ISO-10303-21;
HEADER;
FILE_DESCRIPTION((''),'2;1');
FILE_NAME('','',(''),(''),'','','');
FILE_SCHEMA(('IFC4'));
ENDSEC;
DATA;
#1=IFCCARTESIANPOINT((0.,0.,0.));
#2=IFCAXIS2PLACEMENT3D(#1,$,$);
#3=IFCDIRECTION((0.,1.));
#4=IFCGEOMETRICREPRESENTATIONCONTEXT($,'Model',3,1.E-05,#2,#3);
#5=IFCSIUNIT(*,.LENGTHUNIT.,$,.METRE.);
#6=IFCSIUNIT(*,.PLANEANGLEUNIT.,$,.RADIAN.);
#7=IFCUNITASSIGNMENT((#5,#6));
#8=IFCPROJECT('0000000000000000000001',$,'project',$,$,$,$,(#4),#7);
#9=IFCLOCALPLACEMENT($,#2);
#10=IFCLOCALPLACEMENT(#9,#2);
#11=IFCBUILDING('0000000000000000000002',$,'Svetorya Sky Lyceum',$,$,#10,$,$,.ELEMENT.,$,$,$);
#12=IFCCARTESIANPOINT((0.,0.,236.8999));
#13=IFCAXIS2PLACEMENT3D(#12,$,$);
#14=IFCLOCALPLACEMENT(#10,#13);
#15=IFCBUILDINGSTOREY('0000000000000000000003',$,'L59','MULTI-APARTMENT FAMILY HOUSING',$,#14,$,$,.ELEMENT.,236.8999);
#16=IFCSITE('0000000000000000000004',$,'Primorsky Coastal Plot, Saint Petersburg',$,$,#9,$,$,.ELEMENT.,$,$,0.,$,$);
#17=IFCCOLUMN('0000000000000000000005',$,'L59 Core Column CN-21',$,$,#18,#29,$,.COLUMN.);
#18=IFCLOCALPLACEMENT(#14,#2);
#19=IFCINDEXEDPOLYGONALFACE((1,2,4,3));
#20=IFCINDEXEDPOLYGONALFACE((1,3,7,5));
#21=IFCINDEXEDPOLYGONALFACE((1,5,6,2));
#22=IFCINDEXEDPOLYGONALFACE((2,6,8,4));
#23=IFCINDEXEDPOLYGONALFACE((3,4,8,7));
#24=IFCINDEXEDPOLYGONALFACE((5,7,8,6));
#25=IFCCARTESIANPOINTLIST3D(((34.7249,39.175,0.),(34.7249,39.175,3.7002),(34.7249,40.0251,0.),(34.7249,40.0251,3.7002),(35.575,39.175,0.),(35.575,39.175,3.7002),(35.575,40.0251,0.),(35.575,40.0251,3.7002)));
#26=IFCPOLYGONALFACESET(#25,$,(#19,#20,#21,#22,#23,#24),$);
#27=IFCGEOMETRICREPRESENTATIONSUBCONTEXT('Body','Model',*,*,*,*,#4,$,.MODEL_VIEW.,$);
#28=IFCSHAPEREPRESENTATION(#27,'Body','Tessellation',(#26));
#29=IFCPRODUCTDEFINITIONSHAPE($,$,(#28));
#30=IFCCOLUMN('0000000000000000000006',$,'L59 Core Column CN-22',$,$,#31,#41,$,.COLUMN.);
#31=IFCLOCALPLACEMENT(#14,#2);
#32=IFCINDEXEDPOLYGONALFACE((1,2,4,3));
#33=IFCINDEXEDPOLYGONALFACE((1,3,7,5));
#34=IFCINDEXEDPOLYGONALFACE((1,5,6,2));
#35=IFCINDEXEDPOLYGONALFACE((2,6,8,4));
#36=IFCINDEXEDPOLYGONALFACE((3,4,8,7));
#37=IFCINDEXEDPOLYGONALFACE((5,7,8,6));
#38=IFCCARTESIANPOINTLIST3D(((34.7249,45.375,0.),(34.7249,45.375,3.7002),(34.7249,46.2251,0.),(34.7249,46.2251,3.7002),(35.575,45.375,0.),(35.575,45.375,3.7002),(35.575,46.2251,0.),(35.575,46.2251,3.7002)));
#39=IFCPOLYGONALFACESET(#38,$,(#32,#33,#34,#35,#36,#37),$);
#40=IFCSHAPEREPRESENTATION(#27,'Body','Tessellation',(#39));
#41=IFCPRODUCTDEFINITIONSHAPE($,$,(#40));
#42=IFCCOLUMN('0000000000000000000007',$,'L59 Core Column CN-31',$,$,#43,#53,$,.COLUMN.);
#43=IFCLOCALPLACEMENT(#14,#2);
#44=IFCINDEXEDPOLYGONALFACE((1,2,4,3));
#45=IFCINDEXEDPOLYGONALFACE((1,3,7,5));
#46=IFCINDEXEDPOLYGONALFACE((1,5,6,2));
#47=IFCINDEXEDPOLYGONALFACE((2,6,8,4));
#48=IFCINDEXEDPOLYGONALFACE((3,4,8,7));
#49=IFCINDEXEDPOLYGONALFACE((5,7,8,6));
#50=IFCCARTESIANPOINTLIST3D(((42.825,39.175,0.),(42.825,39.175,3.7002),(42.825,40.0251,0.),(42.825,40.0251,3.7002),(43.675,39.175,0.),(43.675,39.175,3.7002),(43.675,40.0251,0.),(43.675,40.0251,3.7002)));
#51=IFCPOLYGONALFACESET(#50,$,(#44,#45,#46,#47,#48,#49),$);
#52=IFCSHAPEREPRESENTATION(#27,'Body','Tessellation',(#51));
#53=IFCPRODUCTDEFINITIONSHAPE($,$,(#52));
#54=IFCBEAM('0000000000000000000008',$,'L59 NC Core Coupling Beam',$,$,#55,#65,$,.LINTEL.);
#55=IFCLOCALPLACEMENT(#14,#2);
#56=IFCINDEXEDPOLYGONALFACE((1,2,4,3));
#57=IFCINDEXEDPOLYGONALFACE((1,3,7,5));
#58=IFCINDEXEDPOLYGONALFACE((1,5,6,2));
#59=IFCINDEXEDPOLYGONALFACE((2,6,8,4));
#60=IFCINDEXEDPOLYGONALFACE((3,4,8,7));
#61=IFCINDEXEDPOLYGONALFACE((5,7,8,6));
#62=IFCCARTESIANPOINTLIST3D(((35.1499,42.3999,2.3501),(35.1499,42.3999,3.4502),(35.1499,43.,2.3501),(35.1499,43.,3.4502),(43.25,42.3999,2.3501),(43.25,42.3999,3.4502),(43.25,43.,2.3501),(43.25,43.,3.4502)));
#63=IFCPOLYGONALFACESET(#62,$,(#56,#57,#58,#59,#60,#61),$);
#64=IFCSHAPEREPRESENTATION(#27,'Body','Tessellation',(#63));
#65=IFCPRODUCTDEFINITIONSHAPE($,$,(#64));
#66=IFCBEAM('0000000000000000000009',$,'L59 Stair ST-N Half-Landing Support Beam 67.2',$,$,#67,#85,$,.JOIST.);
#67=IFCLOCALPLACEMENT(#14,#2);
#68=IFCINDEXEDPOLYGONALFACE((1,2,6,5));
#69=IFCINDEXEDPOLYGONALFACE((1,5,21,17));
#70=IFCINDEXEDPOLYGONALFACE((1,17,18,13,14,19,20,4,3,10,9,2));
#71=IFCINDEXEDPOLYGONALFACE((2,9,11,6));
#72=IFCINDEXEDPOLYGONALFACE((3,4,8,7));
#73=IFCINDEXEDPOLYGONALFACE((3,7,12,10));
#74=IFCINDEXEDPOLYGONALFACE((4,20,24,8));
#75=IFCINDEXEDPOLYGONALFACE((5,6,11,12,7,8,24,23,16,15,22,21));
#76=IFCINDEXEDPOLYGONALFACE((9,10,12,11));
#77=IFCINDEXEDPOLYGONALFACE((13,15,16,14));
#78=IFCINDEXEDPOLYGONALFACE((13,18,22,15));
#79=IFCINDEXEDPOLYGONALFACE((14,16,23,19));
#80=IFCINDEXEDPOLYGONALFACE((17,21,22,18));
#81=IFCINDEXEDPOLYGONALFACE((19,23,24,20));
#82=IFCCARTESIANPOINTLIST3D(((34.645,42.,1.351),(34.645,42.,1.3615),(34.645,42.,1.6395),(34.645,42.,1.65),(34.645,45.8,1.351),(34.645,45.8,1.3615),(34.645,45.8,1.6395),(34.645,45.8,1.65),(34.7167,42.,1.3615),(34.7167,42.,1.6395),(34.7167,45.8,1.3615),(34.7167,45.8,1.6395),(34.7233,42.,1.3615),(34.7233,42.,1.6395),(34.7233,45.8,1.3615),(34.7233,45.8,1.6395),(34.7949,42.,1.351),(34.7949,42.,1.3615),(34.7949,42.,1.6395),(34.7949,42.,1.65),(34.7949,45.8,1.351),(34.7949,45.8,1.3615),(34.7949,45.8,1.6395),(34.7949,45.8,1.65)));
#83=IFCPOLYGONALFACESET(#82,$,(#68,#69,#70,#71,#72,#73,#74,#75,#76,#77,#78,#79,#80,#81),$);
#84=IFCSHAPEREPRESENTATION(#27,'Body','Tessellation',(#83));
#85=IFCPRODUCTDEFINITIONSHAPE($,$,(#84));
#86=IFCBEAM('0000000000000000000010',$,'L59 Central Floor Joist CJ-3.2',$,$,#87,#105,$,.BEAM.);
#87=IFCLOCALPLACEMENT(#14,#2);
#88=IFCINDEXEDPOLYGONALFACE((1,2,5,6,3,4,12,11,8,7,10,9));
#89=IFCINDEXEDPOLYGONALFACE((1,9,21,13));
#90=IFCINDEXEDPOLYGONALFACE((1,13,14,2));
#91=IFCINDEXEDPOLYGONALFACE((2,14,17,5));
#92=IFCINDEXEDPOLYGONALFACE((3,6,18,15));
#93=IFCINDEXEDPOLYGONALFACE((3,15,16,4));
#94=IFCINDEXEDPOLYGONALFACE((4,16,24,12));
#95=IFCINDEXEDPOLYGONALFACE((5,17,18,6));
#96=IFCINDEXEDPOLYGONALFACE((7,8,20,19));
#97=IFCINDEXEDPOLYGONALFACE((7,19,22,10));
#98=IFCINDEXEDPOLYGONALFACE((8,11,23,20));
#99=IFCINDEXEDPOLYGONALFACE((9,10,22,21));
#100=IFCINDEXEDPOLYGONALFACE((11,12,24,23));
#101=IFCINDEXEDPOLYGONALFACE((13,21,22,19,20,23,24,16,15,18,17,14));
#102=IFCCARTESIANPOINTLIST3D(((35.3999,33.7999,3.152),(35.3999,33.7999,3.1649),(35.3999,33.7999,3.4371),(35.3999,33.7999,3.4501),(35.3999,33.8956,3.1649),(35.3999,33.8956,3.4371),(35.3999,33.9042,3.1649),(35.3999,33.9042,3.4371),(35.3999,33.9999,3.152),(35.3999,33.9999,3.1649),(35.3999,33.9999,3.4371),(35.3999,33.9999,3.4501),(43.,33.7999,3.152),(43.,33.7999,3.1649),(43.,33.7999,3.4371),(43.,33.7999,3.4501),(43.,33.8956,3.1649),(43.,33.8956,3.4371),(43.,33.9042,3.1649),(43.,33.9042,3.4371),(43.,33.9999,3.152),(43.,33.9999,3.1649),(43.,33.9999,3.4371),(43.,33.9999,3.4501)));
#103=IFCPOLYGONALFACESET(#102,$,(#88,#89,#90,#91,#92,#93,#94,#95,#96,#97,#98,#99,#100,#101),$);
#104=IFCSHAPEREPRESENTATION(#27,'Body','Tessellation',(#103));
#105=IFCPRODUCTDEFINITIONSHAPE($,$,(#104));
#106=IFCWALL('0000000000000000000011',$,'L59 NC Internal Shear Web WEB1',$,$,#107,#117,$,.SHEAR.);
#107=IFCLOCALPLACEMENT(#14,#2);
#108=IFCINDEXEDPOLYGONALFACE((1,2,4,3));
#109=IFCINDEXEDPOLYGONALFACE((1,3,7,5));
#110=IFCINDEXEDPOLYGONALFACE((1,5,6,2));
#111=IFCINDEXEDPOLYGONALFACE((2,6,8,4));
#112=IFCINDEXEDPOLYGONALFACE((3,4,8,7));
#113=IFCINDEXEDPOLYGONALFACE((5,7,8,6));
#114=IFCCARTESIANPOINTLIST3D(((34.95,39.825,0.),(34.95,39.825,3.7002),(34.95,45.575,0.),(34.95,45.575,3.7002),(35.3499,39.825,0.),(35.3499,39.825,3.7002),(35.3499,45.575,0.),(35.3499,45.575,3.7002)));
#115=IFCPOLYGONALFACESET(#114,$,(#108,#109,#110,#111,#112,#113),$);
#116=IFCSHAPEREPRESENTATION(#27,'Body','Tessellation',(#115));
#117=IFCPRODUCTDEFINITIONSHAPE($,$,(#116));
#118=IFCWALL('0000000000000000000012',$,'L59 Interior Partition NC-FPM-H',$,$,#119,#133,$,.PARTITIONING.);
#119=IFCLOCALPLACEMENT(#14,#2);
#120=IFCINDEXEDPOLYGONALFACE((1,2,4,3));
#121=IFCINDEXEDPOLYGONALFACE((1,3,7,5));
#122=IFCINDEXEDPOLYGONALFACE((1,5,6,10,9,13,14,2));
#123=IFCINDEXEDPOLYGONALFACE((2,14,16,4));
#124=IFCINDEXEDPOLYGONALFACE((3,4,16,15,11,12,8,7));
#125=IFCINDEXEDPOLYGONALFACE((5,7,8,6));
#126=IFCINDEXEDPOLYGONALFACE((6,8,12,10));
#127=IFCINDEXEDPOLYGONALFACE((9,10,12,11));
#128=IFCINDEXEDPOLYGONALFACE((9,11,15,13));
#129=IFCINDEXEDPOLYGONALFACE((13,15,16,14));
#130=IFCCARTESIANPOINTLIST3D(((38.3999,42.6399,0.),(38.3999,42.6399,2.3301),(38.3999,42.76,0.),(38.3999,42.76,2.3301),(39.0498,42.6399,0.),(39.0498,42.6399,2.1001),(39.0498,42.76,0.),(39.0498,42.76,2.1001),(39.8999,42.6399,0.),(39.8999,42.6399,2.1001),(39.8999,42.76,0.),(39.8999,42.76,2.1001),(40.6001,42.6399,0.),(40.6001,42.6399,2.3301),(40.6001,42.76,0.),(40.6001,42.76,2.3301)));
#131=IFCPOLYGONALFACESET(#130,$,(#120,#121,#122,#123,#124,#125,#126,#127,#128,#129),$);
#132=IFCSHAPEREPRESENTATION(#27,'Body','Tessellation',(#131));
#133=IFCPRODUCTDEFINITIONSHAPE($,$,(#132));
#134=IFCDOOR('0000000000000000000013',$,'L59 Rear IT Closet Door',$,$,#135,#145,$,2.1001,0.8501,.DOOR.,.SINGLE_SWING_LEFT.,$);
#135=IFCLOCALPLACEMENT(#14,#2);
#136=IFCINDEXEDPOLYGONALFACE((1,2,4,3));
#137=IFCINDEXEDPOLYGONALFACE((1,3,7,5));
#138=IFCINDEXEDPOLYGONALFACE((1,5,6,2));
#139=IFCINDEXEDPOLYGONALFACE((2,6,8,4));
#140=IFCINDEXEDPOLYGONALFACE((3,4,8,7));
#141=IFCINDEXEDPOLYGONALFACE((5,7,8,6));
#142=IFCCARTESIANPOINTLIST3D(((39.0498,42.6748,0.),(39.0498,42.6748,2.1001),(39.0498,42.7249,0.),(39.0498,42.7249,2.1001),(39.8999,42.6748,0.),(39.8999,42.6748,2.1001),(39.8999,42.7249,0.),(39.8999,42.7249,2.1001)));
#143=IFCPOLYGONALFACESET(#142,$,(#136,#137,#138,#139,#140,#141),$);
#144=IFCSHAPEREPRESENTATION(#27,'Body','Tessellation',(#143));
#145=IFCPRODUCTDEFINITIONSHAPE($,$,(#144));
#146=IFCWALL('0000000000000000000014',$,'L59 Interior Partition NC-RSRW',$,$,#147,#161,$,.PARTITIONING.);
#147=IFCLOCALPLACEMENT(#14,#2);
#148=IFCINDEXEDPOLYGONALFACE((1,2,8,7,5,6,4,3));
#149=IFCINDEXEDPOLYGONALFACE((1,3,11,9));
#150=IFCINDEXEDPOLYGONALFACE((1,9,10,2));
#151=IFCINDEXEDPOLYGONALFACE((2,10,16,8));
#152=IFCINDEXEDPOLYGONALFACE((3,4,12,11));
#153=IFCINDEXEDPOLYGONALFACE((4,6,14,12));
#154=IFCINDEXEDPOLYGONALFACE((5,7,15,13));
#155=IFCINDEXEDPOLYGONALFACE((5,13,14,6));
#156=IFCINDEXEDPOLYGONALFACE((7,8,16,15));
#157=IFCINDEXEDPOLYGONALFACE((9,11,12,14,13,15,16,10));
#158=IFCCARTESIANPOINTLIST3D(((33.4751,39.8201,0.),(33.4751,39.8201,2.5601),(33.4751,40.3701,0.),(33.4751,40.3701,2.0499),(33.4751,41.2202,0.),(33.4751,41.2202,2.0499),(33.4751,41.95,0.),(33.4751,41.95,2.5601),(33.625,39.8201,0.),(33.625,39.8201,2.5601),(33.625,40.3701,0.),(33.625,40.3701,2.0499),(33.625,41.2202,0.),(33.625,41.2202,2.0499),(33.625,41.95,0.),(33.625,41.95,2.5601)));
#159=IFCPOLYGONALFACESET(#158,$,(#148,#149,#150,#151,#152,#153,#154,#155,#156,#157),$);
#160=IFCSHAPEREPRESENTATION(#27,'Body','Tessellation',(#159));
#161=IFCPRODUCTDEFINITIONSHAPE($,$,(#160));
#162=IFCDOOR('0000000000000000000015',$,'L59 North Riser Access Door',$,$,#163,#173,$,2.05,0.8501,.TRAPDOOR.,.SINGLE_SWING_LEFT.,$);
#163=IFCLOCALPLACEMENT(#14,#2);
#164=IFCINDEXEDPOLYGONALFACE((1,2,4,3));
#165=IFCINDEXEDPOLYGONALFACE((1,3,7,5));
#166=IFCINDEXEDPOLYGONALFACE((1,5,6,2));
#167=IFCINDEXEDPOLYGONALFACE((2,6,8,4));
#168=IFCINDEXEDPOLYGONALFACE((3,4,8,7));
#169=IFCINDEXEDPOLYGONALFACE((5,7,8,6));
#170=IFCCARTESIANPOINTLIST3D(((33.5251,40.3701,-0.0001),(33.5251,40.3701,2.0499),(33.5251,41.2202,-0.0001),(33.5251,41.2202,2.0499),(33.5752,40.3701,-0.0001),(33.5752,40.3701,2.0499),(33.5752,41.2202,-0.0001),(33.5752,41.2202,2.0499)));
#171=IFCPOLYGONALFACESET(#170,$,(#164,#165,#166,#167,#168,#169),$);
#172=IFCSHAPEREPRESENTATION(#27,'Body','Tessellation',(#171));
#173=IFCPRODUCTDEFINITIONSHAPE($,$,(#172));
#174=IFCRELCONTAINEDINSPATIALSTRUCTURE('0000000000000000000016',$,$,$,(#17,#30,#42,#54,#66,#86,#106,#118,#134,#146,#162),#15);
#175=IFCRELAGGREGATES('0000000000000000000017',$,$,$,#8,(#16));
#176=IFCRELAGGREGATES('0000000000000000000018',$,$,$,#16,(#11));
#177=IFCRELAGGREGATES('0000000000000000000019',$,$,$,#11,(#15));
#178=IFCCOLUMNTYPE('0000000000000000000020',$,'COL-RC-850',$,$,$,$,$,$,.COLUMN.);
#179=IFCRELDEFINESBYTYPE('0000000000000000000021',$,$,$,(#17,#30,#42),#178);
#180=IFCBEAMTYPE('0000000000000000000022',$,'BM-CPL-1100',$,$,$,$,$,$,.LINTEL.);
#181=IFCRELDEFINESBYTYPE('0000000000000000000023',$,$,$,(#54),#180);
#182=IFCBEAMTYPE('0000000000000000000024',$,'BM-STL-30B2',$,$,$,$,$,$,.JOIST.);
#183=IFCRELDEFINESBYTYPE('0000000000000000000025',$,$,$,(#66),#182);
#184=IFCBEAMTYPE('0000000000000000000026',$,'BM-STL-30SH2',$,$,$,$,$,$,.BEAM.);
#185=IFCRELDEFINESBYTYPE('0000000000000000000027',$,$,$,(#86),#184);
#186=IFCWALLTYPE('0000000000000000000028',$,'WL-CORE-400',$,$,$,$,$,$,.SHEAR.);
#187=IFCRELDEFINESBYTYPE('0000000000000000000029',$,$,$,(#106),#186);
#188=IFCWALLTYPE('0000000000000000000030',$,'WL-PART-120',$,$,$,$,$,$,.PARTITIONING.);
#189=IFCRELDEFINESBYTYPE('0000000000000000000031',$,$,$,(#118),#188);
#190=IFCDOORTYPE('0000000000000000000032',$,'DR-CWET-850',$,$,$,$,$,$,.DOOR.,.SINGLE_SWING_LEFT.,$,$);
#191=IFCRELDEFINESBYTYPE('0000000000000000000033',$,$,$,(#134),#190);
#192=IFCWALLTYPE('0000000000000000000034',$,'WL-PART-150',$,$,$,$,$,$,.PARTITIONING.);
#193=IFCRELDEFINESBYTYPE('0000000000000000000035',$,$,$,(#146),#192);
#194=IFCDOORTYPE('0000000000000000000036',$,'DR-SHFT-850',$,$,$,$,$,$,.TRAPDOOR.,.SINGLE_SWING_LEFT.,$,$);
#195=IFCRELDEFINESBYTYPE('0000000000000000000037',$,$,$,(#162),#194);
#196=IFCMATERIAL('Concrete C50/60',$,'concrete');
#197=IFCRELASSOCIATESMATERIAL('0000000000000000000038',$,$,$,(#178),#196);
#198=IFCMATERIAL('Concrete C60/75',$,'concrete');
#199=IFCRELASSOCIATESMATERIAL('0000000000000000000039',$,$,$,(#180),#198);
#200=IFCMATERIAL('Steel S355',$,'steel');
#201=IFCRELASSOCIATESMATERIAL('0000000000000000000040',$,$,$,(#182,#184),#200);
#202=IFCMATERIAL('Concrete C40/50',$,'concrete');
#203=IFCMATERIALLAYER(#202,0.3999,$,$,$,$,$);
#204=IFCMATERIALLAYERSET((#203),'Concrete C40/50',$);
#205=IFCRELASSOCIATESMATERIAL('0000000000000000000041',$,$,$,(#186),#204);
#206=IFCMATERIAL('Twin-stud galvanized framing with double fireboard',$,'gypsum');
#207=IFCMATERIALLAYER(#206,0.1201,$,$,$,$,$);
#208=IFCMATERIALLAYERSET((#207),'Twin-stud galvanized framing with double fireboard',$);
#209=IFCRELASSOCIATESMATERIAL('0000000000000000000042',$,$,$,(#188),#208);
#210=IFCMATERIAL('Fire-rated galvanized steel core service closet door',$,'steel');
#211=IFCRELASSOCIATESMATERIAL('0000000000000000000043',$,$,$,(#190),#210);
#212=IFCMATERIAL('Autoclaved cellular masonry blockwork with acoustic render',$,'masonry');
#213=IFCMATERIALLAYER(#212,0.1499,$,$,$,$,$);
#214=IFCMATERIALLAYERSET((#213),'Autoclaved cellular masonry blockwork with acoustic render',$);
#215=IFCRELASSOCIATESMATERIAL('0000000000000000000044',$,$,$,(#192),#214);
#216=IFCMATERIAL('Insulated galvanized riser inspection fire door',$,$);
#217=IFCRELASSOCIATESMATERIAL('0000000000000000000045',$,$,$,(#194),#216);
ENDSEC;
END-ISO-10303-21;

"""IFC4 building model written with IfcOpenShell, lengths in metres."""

from ifc_helpers import new_model, si_unit, direction, frame, frame_2d, origin, origin_2d, place, context, subcontext, project, spatial, rectangle, i_section, extrude, material, layer, layer_set, material_profile, profile_set, type_object, element, fill, save


model = new_model("IFC4")

# Units and contexts
model_context = context("Model", 3, precision=1e-05, world=origin(), true_north=direction((0.0, 1.0)))
body_context = subcontext(model_context, "Body", "Model", "MODEL_VIEW")
ifc_project = project(units=[si_unit("LENGTHUNIT", "METRE"), si_unit("PLANEANGLEUNIT", "RADIAN")], contexts=[model_context])

# Site, building, storey
site_placement = place(None, origin())
site = spatial("IfcSite", under=ifc_project, at=site_placement, Name="Primorsky Coastal Plot, Saint Petersburg", CompositionType="ELEMENT", RefElevation=0.0)
building_placement = place(site_placement, origin())
building = spatial("IfcBuilding", under=site, at=building_placement, Name="Svetorya Sky Lyceum", CompositionType="ELEMENT")
storey_placement = place(building_placement, frame((0.0, 0.0, 236.8999)))
storey = spatial("IfcBuildingStorey", under=building, at=storey_placement, Name="L59", Description="MULTI-APARTMENT FAMILY HOUSING", CompositionType="ELEMENT", Elevation=236.8999)

# Columns
ifc_material_1 = material(Name="Concrete C50/60", Category="concrete")
ifc_material_profile_1 = material_profile(ifc_material_1, rectangle(XDim=0.8501, YDim=0.8501, at=origin_2d()), Name="RC COL 850x850")
ifc_profile_set_1 = profile_set([ifc_material_profile_1], Name="Concrete C50/60")
column_type = type_object("IfcColumnType", Name="COL-RC-850", PredefinedType="COLUMN", material=ifc_profile_set_1)
for number, where, z_axis, x_axis, name in (
    (1, (35.1499, 39.6001, 0.0), (0.0, 0.0, 1.0), (1.0, 0.0, 0.0), "L59 Core Column CN-21"),
    (2, (35.1499, 45.8, 0.0), (0.0, 0.0, 1.0), (1.0, 0.0, 0.0), "L59 Core Column CN-22"),
    (3, (43.25, 39.6001, 0.0), (0.0, 0.0, 1.0), (1.0, 0.0, 0.0), "L59 Core Column CN-31"),
):
    element("IfcColumn", number, at=place(storey_placement, frame(where, z_axis=z_axis, x_axis=x_axis)), inside=storey, type_object=column_type, Name=name, PredefinedType="COLUMN", context=body_context, shape_type="SweptSolid", body=[
        extrude(rectangle(XDim=0.8501, YDim=0.8501, at=origin_2d()), origin(), (0.0, 0.0, 1.0), 3.7002),
    ])

# Beams
ifc_material_2 = material(Name="Concrete C60/75", Category="concrete")
ifc_material_profile_2 = material_profile(ifc_material_2, rectangle(XDim=0.6001, YDim=1.1001, at=origin_2d()), Name="RC COUPLING 600x1100")
ifc_profile_set_2 = profile_set([ifc_material_profile_2], Name="Concrete C60/75")
beam_type_1 = type_object("IfcBeamType", Name="BM-CPL-1100", PredefinedType="LINTEL", material=ifc_profile_set_2)
beam_1_placement = place(storey_placement, frame((35.1499, 42.7, 2.9001), z_axis=(1.0, 0.0, 0.0), x_axis=(0.0, 1.0, 0.0)))
element("IfcBeam", 4, at=beam_1_placement, inside=storey, type_object=beam_type_1, Name="L59 NC Core Coupling Beam", PredefinedType="LINTEL", context=body_context, shape_type="SweptSolid", body=[
    extrude(rectangle(XDim=0.6001, YDim=1.1001, at=origin_2d()), origin(), (0.0, 0.0, 1.0), 8.1001),
])
ifc_material_3 = material(Name="Steel S355", Category="steel")
ifc_material_profile_3 = material_profile(ifc_material_3, i_section(OverallWidth=0.1499, OverallDepth=0.2991, WebThickness=0.0066, FlangeThickness=0.0105, at=origin_2d()), Name="GOST 30B2")
ifc_profile_set_3 = profile_set([ifc_material_profile_3], Name="Steel S355")
beam_type_2 = type_object("IfcBeamType", Name="BM-STL-30B2", PredefinedType="JOIST", material=ifc_profile_set_3)
beam_2_placement = place(storey_placement, frame((34.72, 42.0, 1.5005), z_axis=(0.0, 1.0, 0.0), x_axis=(-1.0, 0.0, 0.0)))
element("IfcBeam", 5, at=beam_2_placement, inside=storey, type_object=beam_type_2, Name="L59 Stair ST-N Half-Landing Support Beam 67.2", PredefinedType="JOIST", context=body_context, shape_type="SweptSolid", body=[
    extrude(i_section(OverallWidth=0.1499, OverallDepth=0.2991, WebThickness=0.0066, FlangeThickness=0.0105, at=origin_2d()), origin(), (0.0, 0.0, 1.0), 3.8),
])
ifc_material_profile_4 = material_profile(ifc_material_3, i_section(OverallWidth=0.2, OverallDepth=0.2981, WebThickness=0.0085, FlangeThickness=0.0129, at=origin_2d()), Name="GOST 30Sh2")
ifc_profile_set_4 = profile_set([ifc_material_profile_4], Name="Steel S355")
beam_type_3 = type_object("IfcBeamType", Name="BM-STL-30SH2", PredefinedType="BEAM", material=ifc_profile_set_4)
beam_3_placement = place(storey_placement, frame((35.3999, 33.8999, 3.301), z_axis=(1.0, 0.0, 0.0), x_axis=(0.0, 1.0, 0.0)))
element("IfcBeam", 6, at=beam_3_placement, inside=storey, type_object=beam_type_3, Name="L59 Central Floor Joist CJ-3.2", PredefinedType="BEAM", context=body_context, shape_type="SweptSolid", body=[
    extrude(i_section(OverallWidth=0.2, OverallDepth=0.2981, WebThickness=0.0085, FlangeThickness=0.0129, at=origin_2d()), origin(), (0.0, 0.0, 1.0), 7.6001),
])

# Wall
ifc_material_4 = material(Name="Concrete C40/50", Category="concrete")
ifc_layer_1 = layer(ifc_material_4, 0.3999)
ifc_layer_set_1 = layer_set([ifc_layer_1], Name="Concrete C40/50")
wall_type_1 = type_object("IfcWallType", Name="WL-CORE-400", PredefinedType="SHEAR", material=ifc_layer_set_1)
wall_1_placement = place(storey_placement, frame((35.1499, 39.825, 0.0), z_axis=(0.0, 0.0, 1.0), x_axis=(0.0, 1.0, 0.0)))
element("IfcWall", 7, at=wall_1_placement, inside=storey, type_object=wall_type_1, Name="L59 NC Internal Shear Web WEB1", PredefinedType="SHEAR", context=body_context, shape_type="SweptSolid", body=[
    extrude(rectangle(XDim=5.75, YDim=0.3999, at=frame_2d((2.875, 0.0))), origin(), (0.0, 0.0, 1.0), 3.7002),
])

# Walls, openings, doors
ifc_material_5 = material(Name="Twin-stud galvanized framing with double fireboard", Category="gypsum")
ifc_layer_2 = layer(ifc_material_5, 0.1201)
ifc_layer_set_2 = layer_set([ifc_layer_2], Name="Twin-stud galvanized framing with double fireboard")
wall_type_2 = type_object("IfcWallType", Name="WL-PART-120", PredefinedType="PARTITIONING", material=ifc_layer_set_2)
wall_2_placement = place(storey_placement, frame((38.3999, 42.7, 0.0), z_axis=(0.0, 0.0, 1.0), x_axis=(1.0, 0.0, 0.0)))
wall_2 = element("IfcWall", 8, at=wall_2_placement, inside=storey, type_object=wall_type_2, Name="L59 Interior Partition NC-FPM-H", PredefinedType="PARTITIONING", context=body_context, shape_type="SweptSolid", body=[
    extrude(rectangle(XDim=2.2002, YDim=0.1201, at=frame_2d((1.1001, 0.0))), origin(), (0.0, 0.0, 1.0), 2.3301),
])
opening_1_placement = place(wall_2_placement, frame((0.6499, 0.0, 0.0)))
opening_1 = element("IfcOpeningElement", 9, at=opening_1_placement, cuts=wall_2, PredefinedType="OPENING", context=body_context, shape_type="SweptSolid", body=[
    extrude(rectangle(XDim=0.8501, YDim=2.1001, at=frame_2d((0.425, 1.05))), frame((0.0, 0.0701, 0.0), z_axis=(0.0, -1.0, 0.0), x_axis=(1.0, 0.0, 0.0)), (0.0, 0.0, 1.0), 0.1401),
])
ifc_material_6 = material(Name="Fire-rated galvanized steel core service closet door", Category="steel")
door_type_1 = type_object("IfcDoorType", Name="DR-CWET-850", OperationType="SINGLE_SWING_LEFT", PredefinedType="DOOR", material=ifc_material_6)
door_1_placement = place(opening_1_placement, origin())
door_1 = element("IfcDoor", 10, at=door_1_placement, inside=storey, type_object=door_type_1, Name="L59 Rear IT Closet Door", OperationType="SINGLE_SWING_LEFT", OverallHeight=2.1001, OverallWidth=0.8501, PredefinedType="DOOR", context=body_context, shape_type="SweptSolid", body=[
    extrude(rectangle(XDim=0.8501, YDim=2.1001, at=frame_2d((0.425, 1.05))), frame((0.0, 0.0249, 0.0), z_axis=(0.0, -1.0, 0.0), x_axis=(1.0, 0.0, 0.0)), (0.0, 0.0, 1.0), 0.05),
])
fill(opening_1, door_1)
ifc_material_7 = material(Name="Autoclaved cellular masonry blockwork with acoustic render", Category="masonry")
ifc_layer_3 = layer(ifc_material_7, 0.1499)
ifc_layer_set_3 = layer_set([ifc_layer_3], Name="Autoclaved cellular masonry blockwork with acoustic render")
wall_type_3 = type_object("IfcWallType", Name="WL-PART-150", PredefinedType="PARTITIONING", material=ifc_layer_set_3)
wall_3_placement = place(storey_placement, frame((33.55, 39.8201, 0.0), z_axis=(0.0, 0.0, 1.0), x_axis=(0.0, 1.0, 0.0)))
wall_3 = element("IfcWall", 11, at=wall_3_placement, inside=storey, type_object=wall_type_3, Name="L59 Interior Partition NC-RSRW", PredefinedType="PARTITIONING", context=body_context, shape_type="SweptSolid", body=[
    extrude(rectangle(XDim=2.1299, YDim=0.1499, at=frame_2d((1.0649, 0.0))), origin(), (0.0, 0.0, 1.0), 2.5601),
])
opening_2_placement = place(wall_3_placement, frame((0.55, 0.0, 0.0)))
opening_2 = element("IfcOpeningElement", 12, at=opening_2_placement, cuts=wall_3, PredefinedType="OPENING", context=body_context, shape_type="SweptSolid", body=[
    extrude(rectangle(XDim=0.8501, YDim=2.05, at=frame_2d((0.425, 1.0249))), frame((0.0, 0.085, 0.0), z_axis=(0.0, -1.0, 0.0), x_axis=(1.0, 0.0, 0.0)), (0.0, 0.0, 1.0), 0.1699),
])
ifc_material_8 = material(Name="Insulated galvanized riser inspection fire door")
door_type_2 = type_object("IfcDoorType", Name="DR-SHFT-850", OperationType="SINGLE_SWING_LEFT", PredefinedType="TRAPDOOR", material=ifc_material_8)
door_2_placement = place(opening_2_placement, origin())
door_2 = element("IfcDoor", 13, at=door_2_placement, inside=storey, type_object=door_type_2, Name="L59 North Riser Access Door", OperationType="SINGLE_SWING_LEFT", OverallHeight=2.05, OverallWidth=0.8501, PredefinedType="TRAPDOOR", context=body_context, shape_type="SweptSolid", body=[
    extrude(rectangle(XDim=0.8501, YDim=2.05, at=frame_2d((0.425, 1.0249))), frame((0.0, 0.0249, 0.0), z_axis=(0.0, -1.0, 0.0), x_axis=(1.0, 0.0, 0.0)), (0.0, 0.0, 1.0), 0.05),
])
fill(opening_2, door_2)

save(model, "model.ifc")
